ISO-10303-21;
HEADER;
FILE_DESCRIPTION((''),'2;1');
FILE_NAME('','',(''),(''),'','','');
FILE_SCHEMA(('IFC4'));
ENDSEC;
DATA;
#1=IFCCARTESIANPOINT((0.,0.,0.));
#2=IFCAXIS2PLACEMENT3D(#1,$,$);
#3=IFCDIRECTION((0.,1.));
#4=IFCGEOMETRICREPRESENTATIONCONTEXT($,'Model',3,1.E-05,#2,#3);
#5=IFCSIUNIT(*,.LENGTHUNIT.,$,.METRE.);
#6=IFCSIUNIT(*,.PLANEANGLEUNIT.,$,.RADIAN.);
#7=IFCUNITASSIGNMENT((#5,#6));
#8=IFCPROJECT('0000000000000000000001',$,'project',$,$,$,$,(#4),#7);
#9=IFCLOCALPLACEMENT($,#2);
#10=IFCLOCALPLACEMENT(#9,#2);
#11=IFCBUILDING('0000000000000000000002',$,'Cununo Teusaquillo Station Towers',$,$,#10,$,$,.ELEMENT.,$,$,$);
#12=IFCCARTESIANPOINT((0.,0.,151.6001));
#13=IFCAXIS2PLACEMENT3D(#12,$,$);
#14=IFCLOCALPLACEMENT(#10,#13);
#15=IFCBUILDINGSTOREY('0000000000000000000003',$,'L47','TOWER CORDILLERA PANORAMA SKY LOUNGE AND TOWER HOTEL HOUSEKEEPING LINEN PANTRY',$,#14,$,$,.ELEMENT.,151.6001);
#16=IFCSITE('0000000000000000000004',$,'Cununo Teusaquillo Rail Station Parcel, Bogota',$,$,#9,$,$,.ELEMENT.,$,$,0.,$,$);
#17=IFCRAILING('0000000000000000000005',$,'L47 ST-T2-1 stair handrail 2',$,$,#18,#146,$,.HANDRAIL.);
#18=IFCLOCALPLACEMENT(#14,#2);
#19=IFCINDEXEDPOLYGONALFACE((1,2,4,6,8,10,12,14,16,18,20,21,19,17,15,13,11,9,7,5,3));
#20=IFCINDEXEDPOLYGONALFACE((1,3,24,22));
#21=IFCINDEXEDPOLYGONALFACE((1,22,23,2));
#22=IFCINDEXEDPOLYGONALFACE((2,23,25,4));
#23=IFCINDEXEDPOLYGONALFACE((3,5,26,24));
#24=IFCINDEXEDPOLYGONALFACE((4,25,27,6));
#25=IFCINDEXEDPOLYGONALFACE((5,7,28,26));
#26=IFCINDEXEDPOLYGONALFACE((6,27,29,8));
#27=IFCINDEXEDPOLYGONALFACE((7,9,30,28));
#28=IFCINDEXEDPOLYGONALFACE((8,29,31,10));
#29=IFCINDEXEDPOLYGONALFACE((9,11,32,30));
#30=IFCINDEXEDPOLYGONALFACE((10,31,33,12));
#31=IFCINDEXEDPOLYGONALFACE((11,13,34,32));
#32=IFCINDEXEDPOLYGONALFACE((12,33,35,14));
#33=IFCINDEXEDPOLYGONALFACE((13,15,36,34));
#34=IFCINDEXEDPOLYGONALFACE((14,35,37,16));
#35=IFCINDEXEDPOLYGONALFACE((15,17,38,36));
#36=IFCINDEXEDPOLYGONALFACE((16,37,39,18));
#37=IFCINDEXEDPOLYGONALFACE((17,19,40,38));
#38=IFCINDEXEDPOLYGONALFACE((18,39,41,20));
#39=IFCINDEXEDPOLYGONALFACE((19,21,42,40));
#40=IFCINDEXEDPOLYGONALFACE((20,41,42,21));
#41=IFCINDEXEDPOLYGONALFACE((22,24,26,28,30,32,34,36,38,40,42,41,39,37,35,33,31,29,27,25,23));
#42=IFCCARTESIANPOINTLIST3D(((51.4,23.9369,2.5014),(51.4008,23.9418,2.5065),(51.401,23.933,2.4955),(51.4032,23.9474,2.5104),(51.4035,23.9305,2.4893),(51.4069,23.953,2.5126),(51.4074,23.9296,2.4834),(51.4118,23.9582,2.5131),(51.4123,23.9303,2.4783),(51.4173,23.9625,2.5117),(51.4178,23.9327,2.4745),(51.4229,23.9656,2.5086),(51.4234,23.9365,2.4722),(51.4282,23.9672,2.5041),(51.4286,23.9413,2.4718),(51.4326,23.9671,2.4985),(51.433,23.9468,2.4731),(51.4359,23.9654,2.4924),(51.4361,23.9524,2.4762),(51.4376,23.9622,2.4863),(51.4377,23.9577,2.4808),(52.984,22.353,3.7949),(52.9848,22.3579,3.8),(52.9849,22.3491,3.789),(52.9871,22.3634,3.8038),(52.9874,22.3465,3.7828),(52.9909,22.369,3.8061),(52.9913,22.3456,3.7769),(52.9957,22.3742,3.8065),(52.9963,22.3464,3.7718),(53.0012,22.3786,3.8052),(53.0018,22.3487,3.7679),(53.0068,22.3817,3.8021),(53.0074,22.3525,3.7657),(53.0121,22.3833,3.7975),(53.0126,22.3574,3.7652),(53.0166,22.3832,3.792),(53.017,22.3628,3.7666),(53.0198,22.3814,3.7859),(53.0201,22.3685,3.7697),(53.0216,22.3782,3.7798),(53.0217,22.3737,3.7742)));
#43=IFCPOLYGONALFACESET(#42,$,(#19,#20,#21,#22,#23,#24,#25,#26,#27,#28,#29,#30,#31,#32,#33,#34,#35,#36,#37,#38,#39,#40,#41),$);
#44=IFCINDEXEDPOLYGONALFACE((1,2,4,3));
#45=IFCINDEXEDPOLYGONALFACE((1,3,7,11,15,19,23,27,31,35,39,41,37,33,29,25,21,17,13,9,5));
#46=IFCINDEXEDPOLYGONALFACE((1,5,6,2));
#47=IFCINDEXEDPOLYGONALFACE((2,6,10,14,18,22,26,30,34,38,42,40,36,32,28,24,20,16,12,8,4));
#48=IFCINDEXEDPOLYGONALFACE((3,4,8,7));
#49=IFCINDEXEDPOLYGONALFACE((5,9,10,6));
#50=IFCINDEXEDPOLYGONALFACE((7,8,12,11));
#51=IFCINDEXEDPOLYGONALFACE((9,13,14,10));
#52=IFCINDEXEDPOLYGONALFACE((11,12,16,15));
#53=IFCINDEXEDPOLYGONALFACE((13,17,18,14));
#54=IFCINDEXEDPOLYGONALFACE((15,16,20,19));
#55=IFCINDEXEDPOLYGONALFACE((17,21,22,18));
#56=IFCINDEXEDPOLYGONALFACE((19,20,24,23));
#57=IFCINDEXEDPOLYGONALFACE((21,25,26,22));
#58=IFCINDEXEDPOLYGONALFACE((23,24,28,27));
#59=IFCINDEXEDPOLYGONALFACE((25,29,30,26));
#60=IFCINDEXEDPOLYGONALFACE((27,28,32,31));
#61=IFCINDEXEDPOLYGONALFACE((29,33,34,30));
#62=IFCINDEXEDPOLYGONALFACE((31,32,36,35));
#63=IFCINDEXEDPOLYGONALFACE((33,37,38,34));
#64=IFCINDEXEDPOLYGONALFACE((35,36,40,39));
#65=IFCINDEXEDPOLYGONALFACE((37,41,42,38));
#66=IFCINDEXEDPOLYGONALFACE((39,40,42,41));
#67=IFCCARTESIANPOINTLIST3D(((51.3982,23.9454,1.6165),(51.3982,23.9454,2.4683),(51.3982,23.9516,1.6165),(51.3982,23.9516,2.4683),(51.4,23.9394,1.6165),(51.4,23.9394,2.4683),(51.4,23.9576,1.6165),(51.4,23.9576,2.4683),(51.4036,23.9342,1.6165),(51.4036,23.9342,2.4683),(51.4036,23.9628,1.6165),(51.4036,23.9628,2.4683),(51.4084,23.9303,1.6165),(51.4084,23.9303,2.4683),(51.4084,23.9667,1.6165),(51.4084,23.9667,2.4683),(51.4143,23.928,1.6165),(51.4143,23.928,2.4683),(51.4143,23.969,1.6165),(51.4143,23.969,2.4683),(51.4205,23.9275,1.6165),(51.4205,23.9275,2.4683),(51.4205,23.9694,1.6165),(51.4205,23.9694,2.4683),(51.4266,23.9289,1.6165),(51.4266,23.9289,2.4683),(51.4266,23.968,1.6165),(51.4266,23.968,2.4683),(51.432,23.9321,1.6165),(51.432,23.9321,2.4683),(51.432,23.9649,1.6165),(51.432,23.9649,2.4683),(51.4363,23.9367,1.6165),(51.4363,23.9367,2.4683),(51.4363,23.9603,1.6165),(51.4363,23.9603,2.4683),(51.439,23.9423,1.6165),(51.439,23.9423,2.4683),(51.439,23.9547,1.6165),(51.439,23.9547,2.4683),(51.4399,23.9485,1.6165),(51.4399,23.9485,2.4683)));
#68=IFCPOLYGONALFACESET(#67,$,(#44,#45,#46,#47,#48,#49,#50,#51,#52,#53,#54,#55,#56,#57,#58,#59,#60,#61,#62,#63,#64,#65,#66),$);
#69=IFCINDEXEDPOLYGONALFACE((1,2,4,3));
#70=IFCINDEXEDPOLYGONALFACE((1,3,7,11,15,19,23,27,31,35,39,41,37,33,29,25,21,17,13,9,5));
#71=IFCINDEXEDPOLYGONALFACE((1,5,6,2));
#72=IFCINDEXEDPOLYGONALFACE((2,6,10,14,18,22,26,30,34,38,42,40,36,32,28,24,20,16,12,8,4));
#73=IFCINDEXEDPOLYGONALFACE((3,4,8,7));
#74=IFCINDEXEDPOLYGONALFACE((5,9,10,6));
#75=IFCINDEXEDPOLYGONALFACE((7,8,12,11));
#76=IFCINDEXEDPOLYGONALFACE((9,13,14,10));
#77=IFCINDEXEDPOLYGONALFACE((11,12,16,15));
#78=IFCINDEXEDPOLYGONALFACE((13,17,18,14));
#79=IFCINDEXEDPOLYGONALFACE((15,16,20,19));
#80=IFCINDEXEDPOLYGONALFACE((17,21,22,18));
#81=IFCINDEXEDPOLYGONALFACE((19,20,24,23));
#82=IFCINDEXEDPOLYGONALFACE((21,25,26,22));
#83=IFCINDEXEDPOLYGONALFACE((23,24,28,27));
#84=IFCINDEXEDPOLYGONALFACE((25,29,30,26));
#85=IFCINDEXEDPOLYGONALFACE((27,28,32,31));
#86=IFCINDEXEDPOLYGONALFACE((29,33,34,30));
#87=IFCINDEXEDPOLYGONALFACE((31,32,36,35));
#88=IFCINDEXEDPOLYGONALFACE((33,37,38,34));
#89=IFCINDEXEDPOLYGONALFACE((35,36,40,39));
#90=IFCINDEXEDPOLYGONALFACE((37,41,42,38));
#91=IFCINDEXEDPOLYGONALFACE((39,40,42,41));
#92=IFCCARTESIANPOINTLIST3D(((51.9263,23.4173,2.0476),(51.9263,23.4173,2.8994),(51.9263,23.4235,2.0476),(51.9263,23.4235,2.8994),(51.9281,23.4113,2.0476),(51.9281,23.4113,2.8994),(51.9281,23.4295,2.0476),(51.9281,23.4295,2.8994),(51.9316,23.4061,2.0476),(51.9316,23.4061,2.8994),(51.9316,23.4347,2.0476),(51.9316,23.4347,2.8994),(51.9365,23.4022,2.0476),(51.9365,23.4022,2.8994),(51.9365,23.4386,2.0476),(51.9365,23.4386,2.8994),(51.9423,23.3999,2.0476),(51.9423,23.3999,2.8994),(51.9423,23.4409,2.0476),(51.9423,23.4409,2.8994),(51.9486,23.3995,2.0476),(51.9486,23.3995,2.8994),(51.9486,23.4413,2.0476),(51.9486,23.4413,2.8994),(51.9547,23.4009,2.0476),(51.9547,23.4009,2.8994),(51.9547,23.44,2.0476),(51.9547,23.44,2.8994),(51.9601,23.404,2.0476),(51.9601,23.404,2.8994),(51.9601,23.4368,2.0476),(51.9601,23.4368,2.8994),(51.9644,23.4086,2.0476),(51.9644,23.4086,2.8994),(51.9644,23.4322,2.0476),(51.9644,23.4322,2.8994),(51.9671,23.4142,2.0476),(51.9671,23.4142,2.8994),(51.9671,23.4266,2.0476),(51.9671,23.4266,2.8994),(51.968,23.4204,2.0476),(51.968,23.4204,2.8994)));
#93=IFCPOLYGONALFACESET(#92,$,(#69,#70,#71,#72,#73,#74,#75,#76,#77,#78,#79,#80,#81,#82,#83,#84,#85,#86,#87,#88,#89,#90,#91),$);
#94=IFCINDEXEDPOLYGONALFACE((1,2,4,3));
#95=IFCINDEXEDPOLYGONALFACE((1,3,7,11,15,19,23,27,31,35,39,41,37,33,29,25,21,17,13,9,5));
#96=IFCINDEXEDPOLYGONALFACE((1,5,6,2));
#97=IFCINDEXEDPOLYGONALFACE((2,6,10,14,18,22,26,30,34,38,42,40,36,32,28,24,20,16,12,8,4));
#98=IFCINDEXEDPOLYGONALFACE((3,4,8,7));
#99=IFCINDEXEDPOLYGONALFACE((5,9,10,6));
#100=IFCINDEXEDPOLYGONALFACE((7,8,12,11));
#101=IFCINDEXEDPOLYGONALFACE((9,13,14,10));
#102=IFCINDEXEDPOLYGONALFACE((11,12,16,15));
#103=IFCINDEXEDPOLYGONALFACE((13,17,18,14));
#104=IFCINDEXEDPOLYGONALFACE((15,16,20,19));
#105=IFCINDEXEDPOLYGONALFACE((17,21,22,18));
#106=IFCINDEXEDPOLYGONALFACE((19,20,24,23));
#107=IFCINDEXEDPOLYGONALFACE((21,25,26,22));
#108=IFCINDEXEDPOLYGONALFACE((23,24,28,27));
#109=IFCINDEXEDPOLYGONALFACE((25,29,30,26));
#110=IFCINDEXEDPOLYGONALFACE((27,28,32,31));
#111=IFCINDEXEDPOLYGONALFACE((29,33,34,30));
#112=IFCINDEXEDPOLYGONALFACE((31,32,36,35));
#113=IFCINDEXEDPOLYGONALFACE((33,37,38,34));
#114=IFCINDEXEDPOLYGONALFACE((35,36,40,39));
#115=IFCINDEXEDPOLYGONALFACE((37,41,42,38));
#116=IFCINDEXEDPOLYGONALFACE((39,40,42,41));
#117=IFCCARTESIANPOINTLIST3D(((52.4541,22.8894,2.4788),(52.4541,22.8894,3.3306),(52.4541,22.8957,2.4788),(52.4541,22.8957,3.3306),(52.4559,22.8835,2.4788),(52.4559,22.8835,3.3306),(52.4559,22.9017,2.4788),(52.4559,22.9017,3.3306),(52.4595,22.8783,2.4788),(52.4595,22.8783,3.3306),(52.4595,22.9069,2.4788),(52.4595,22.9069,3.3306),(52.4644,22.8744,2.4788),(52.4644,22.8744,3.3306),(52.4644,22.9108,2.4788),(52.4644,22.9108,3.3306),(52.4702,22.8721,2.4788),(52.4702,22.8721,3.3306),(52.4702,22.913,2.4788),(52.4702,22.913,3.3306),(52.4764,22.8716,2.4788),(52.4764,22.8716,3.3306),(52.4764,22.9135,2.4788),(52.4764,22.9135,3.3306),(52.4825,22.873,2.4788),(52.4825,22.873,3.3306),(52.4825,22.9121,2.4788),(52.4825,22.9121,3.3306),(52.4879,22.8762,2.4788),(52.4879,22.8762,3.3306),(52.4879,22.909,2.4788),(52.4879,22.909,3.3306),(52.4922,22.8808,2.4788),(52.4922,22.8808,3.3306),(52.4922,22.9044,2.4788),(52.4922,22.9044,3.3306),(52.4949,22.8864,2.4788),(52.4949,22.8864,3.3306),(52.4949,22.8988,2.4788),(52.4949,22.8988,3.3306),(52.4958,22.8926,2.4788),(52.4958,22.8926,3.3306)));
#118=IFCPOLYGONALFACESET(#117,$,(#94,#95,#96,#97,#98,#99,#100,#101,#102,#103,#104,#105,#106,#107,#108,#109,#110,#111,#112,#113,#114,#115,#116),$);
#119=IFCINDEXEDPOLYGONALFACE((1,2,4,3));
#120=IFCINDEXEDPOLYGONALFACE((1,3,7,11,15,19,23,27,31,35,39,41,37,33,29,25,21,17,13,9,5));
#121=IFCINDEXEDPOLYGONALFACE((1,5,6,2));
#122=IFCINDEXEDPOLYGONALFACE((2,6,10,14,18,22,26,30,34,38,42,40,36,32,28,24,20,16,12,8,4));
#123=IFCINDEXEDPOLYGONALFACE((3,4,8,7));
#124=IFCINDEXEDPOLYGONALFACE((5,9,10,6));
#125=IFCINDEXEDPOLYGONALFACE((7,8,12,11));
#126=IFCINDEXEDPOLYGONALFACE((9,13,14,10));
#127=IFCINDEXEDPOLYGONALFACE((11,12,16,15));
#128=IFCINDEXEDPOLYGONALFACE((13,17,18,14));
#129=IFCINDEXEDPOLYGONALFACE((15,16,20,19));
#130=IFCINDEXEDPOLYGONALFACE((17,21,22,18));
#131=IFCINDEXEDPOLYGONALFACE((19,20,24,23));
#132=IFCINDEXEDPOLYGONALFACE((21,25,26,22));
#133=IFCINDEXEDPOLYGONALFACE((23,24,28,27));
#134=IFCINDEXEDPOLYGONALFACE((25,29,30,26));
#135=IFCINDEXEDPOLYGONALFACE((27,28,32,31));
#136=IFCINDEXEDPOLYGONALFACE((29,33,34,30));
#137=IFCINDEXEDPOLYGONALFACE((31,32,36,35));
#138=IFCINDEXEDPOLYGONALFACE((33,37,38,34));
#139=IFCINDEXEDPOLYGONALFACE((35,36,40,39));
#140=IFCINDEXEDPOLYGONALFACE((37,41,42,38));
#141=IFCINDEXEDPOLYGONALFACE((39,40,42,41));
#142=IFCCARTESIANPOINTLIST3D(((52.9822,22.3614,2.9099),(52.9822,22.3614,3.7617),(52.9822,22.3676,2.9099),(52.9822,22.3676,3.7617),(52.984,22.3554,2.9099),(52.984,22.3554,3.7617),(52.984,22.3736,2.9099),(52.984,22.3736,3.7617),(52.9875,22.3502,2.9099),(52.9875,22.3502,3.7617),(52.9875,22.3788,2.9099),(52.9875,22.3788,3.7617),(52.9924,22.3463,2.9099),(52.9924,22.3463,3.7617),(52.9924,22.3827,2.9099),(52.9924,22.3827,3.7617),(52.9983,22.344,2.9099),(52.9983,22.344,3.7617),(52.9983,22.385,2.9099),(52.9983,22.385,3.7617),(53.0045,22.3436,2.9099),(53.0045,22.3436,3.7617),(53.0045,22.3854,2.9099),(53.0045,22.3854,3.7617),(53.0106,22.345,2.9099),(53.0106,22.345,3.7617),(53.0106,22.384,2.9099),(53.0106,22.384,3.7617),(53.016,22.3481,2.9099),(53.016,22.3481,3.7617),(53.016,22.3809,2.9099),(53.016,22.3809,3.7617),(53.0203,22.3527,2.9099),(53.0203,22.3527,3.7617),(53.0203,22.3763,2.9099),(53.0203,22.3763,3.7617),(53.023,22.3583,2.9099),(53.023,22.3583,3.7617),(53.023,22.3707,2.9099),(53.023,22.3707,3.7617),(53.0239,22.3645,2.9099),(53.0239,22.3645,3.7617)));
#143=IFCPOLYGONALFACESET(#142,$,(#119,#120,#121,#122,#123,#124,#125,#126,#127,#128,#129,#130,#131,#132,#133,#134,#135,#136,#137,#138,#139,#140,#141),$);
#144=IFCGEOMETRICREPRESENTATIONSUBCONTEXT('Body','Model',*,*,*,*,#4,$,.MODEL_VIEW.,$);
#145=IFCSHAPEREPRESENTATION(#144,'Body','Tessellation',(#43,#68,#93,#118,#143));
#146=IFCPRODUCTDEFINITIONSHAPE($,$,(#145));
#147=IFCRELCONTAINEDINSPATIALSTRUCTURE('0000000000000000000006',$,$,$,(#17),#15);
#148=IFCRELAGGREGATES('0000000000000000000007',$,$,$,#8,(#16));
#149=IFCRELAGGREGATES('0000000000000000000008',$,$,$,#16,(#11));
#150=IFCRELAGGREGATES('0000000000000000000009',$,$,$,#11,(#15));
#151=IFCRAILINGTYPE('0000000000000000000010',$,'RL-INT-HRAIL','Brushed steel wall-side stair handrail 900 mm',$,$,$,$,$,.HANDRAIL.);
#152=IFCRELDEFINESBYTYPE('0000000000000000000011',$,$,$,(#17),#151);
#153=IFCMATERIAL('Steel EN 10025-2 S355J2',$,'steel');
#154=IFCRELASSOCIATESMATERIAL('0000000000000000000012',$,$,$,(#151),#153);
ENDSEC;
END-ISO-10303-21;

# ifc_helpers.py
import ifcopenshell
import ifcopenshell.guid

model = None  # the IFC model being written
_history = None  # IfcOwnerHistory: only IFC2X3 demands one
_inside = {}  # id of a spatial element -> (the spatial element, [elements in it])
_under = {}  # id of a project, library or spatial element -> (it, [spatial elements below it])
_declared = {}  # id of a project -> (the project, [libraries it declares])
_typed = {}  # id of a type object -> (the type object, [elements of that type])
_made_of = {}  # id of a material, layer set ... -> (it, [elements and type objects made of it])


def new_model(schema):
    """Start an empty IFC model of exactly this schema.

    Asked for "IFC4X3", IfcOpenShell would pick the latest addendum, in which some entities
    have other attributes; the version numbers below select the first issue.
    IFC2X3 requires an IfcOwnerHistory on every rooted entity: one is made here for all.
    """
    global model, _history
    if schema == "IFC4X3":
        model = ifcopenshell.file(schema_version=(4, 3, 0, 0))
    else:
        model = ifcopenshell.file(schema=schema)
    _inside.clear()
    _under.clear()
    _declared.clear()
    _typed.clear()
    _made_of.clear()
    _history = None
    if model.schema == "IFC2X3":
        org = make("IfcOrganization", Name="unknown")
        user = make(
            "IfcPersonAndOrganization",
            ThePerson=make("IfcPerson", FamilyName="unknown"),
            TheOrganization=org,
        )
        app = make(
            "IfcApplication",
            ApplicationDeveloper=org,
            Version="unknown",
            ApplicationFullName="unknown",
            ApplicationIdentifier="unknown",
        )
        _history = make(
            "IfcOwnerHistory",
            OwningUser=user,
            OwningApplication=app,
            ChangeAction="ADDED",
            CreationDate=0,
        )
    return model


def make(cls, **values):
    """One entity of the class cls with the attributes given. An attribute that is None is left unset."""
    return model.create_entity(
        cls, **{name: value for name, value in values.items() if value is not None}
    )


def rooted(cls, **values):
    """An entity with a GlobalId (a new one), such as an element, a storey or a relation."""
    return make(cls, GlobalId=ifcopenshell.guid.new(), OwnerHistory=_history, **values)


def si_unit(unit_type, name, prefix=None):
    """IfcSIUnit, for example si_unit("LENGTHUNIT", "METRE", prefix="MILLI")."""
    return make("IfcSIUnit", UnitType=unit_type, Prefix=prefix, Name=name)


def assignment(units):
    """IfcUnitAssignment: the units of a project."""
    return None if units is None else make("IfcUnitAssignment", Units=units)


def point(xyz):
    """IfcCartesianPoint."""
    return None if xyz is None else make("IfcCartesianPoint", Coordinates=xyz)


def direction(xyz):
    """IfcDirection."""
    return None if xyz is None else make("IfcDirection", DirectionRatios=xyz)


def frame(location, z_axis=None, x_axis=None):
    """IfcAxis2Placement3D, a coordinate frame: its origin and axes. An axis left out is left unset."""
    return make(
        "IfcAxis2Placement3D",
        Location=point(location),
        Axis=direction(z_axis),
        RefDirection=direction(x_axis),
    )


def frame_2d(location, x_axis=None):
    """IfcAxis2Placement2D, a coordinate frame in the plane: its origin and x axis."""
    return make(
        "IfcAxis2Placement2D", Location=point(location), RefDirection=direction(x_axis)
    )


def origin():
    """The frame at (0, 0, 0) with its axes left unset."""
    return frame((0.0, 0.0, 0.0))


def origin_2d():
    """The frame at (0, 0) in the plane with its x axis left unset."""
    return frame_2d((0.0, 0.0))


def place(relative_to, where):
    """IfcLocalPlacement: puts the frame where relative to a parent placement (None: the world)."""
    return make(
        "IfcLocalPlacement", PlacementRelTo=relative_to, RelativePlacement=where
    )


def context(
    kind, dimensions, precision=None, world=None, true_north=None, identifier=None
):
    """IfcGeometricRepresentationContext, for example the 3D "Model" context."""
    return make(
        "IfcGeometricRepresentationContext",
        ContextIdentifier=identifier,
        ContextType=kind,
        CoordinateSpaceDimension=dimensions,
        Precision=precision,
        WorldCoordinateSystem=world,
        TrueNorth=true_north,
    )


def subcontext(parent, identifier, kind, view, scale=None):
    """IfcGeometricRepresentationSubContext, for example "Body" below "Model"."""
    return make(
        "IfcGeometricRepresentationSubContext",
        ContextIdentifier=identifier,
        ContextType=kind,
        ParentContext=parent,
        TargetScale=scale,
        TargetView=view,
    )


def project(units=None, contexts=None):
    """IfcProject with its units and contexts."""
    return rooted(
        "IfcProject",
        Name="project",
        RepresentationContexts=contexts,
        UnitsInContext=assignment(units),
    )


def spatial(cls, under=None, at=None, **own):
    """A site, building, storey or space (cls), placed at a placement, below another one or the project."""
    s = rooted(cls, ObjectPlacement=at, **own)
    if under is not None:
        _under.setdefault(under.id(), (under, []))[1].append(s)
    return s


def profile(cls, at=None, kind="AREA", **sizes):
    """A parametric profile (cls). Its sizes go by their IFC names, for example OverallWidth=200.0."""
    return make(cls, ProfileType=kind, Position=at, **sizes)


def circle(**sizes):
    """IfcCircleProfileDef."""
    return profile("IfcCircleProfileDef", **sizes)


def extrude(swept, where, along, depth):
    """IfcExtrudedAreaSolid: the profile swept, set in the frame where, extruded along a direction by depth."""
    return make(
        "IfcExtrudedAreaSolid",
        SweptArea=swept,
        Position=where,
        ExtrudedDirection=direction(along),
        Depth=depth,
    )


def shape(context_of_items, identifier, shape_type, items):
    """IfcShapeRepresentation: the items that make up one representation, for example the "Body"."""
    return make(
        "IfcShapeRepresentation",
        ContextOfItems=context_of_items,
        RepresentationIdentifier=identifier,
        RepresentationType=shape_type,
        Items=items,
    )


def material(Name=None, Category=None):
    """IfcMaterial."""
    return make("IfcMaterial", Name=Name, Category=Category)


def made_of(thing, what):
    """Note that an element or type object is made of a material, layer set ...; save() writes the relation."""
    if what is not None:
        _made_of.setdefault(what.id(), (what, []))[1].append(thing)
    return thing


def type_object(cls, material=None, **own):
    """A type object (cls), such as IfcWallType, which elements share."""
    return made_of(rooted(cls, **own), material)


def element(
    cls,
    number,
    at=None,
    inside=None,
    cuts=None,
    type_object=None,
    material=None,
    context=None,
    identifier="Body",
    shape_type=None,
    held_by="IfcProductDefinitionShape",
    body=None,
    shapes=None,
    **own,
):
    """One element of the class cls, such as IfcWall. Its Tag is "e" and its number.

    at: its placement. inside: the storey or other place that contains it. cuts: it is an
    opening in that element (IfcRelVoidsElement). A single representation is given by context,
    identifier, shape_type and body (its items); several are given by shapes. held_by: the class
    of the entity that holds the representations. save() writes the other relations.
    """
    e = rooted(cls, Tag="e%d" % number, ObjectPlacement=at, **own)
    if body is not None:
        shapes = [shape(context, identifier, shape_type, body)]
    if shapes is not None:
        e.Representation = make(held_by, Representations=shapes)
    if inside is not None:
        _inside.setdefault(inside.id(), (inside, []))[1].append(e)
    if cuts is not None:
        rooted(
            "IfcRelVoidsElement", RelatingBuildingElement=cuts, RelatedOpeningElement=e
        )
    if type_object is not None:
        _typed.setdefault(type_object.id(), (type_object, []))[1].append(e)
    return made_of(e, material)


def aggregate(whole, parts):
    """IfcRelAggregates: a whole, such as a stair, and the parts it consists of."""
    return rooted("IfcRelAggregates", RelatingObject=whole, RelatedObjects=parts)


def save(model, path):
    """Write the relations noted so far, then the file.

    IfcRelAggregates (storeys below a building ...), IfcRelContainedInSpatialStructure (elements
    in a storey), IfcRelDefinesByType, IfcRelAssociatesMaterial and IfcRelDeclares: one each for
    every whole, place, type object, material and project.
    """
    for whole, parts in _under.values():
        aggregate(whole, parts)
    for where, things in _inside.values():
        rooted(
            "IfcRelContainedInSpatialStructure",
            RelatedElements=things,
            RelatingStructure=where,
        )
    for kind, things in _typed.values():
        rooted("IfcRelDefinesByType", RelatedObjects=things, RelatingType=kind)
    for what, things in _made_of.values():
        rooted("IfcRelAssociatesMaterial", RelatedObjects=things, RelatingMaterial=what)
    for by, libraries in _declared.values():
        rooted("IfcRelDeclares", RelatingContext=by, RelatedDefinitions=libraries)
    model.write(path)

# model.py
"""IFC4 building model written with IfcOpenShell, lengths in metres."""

from ifc_helpers import new_model, si_unit, direction, frame, origin, origin_2d, place, context, subcontext, project, spatial, circle, extrude, material, type_object, element, save


model = new_model("IFC4")

# Units and contexts
model_context = context("Model", 3, precision=1e-05, world=origin(), true_north=direction((0.0, 1.0)))
body_context = subcontext(model_context, "Body", "Model", "MODEL_VIEW")
ifc_project = project(units=[si_unit("LENGTHUNIT", "METRE"), si_unit("PLANEANGLEUNIT", "RADIAN")], contexts=[model_context])

# Site, building, storey
site_placement = place(None, origin())
site = spatial("IfcSite", under=ifc_project, at=site_placement, Name="Cununo Teusaquillo Rail Station Parcel, Bogota", CompositionType="ELEMENT", RefElevation=0.0)
building_placement = place(site_placement, origin())
building = spatial("IfcBuilding", under=site, at=building_placement, Name="Cununo Teusaquillo Station Towers", CompositionType="ELEMENT")
storey_placement = place(building_placement, frame((0.0, 0.0, 151.6001)))
storey = spatial("IfcBuildingStorey", under=building, at=storey_placement, Name="L47", Description="TOWER CORDILLERA PANORAMA SKY LOUNGE AND TOWER HOTEL HOUSEKEEPING LINEN PANTRY", CompositionType="ELEMENT", Elevation=151.6001)

# Railing
ifc_material_1 = material(Name="Steel EN 10025-2 S355J2", Category="steel")
railing_type = type_object("IfcRailingType", Name="RL-INT-HRAIL", Description="Brushed steel wall-side stair handrail 900 mm", PredefinedType="HANDRAIL", material=ifc_material_1)
railing_placement = place(storey_placement, frame((51.4189, 23.9485, 1.6165)))
element("IfcRailing", 1, at=railing_placement, inside=storey, type_object=railing_type, Name="L47 ST-T2-1 stair handrail 2", PredefinedType="HANDRAIL", context=body_context, shape_type="SweptSolid", body=[
    extrude(circle(Radius=0.0239, at=origin_2d()), frame((0.0, 0.0, 0.876), z_axis=(0.612356, -0.612356, 0.50004), x_axis=(0.707107, 0.707107, 0.0)), (0.0, 0.0, 1.0), 2.5867),
    extrude(circle(Radius=0.021, at=origin_2d()), origin(), (0.0, 0.0, 1.0), 0.8518),
    extrude(circle(Radius=0.021, at=origin_2d()), frame((0.5281, -0.5281, 0.4312)), (0.0, 0.0, 1.0), 0.8518),
    extrude(circle(Radius=0.021, at=origin_2d()), frame((1.0559, -1.0559, 0.8623)), (0.0, 0.0, 1.0), 0.8518),
    extrude(circle(Radius=0.021, at=origin_2d()), frame((1.584, -1.584, 1.2935)), (0.0, 0.0, 1.0), 0.8518),
])

save(model, "model.ifc")
